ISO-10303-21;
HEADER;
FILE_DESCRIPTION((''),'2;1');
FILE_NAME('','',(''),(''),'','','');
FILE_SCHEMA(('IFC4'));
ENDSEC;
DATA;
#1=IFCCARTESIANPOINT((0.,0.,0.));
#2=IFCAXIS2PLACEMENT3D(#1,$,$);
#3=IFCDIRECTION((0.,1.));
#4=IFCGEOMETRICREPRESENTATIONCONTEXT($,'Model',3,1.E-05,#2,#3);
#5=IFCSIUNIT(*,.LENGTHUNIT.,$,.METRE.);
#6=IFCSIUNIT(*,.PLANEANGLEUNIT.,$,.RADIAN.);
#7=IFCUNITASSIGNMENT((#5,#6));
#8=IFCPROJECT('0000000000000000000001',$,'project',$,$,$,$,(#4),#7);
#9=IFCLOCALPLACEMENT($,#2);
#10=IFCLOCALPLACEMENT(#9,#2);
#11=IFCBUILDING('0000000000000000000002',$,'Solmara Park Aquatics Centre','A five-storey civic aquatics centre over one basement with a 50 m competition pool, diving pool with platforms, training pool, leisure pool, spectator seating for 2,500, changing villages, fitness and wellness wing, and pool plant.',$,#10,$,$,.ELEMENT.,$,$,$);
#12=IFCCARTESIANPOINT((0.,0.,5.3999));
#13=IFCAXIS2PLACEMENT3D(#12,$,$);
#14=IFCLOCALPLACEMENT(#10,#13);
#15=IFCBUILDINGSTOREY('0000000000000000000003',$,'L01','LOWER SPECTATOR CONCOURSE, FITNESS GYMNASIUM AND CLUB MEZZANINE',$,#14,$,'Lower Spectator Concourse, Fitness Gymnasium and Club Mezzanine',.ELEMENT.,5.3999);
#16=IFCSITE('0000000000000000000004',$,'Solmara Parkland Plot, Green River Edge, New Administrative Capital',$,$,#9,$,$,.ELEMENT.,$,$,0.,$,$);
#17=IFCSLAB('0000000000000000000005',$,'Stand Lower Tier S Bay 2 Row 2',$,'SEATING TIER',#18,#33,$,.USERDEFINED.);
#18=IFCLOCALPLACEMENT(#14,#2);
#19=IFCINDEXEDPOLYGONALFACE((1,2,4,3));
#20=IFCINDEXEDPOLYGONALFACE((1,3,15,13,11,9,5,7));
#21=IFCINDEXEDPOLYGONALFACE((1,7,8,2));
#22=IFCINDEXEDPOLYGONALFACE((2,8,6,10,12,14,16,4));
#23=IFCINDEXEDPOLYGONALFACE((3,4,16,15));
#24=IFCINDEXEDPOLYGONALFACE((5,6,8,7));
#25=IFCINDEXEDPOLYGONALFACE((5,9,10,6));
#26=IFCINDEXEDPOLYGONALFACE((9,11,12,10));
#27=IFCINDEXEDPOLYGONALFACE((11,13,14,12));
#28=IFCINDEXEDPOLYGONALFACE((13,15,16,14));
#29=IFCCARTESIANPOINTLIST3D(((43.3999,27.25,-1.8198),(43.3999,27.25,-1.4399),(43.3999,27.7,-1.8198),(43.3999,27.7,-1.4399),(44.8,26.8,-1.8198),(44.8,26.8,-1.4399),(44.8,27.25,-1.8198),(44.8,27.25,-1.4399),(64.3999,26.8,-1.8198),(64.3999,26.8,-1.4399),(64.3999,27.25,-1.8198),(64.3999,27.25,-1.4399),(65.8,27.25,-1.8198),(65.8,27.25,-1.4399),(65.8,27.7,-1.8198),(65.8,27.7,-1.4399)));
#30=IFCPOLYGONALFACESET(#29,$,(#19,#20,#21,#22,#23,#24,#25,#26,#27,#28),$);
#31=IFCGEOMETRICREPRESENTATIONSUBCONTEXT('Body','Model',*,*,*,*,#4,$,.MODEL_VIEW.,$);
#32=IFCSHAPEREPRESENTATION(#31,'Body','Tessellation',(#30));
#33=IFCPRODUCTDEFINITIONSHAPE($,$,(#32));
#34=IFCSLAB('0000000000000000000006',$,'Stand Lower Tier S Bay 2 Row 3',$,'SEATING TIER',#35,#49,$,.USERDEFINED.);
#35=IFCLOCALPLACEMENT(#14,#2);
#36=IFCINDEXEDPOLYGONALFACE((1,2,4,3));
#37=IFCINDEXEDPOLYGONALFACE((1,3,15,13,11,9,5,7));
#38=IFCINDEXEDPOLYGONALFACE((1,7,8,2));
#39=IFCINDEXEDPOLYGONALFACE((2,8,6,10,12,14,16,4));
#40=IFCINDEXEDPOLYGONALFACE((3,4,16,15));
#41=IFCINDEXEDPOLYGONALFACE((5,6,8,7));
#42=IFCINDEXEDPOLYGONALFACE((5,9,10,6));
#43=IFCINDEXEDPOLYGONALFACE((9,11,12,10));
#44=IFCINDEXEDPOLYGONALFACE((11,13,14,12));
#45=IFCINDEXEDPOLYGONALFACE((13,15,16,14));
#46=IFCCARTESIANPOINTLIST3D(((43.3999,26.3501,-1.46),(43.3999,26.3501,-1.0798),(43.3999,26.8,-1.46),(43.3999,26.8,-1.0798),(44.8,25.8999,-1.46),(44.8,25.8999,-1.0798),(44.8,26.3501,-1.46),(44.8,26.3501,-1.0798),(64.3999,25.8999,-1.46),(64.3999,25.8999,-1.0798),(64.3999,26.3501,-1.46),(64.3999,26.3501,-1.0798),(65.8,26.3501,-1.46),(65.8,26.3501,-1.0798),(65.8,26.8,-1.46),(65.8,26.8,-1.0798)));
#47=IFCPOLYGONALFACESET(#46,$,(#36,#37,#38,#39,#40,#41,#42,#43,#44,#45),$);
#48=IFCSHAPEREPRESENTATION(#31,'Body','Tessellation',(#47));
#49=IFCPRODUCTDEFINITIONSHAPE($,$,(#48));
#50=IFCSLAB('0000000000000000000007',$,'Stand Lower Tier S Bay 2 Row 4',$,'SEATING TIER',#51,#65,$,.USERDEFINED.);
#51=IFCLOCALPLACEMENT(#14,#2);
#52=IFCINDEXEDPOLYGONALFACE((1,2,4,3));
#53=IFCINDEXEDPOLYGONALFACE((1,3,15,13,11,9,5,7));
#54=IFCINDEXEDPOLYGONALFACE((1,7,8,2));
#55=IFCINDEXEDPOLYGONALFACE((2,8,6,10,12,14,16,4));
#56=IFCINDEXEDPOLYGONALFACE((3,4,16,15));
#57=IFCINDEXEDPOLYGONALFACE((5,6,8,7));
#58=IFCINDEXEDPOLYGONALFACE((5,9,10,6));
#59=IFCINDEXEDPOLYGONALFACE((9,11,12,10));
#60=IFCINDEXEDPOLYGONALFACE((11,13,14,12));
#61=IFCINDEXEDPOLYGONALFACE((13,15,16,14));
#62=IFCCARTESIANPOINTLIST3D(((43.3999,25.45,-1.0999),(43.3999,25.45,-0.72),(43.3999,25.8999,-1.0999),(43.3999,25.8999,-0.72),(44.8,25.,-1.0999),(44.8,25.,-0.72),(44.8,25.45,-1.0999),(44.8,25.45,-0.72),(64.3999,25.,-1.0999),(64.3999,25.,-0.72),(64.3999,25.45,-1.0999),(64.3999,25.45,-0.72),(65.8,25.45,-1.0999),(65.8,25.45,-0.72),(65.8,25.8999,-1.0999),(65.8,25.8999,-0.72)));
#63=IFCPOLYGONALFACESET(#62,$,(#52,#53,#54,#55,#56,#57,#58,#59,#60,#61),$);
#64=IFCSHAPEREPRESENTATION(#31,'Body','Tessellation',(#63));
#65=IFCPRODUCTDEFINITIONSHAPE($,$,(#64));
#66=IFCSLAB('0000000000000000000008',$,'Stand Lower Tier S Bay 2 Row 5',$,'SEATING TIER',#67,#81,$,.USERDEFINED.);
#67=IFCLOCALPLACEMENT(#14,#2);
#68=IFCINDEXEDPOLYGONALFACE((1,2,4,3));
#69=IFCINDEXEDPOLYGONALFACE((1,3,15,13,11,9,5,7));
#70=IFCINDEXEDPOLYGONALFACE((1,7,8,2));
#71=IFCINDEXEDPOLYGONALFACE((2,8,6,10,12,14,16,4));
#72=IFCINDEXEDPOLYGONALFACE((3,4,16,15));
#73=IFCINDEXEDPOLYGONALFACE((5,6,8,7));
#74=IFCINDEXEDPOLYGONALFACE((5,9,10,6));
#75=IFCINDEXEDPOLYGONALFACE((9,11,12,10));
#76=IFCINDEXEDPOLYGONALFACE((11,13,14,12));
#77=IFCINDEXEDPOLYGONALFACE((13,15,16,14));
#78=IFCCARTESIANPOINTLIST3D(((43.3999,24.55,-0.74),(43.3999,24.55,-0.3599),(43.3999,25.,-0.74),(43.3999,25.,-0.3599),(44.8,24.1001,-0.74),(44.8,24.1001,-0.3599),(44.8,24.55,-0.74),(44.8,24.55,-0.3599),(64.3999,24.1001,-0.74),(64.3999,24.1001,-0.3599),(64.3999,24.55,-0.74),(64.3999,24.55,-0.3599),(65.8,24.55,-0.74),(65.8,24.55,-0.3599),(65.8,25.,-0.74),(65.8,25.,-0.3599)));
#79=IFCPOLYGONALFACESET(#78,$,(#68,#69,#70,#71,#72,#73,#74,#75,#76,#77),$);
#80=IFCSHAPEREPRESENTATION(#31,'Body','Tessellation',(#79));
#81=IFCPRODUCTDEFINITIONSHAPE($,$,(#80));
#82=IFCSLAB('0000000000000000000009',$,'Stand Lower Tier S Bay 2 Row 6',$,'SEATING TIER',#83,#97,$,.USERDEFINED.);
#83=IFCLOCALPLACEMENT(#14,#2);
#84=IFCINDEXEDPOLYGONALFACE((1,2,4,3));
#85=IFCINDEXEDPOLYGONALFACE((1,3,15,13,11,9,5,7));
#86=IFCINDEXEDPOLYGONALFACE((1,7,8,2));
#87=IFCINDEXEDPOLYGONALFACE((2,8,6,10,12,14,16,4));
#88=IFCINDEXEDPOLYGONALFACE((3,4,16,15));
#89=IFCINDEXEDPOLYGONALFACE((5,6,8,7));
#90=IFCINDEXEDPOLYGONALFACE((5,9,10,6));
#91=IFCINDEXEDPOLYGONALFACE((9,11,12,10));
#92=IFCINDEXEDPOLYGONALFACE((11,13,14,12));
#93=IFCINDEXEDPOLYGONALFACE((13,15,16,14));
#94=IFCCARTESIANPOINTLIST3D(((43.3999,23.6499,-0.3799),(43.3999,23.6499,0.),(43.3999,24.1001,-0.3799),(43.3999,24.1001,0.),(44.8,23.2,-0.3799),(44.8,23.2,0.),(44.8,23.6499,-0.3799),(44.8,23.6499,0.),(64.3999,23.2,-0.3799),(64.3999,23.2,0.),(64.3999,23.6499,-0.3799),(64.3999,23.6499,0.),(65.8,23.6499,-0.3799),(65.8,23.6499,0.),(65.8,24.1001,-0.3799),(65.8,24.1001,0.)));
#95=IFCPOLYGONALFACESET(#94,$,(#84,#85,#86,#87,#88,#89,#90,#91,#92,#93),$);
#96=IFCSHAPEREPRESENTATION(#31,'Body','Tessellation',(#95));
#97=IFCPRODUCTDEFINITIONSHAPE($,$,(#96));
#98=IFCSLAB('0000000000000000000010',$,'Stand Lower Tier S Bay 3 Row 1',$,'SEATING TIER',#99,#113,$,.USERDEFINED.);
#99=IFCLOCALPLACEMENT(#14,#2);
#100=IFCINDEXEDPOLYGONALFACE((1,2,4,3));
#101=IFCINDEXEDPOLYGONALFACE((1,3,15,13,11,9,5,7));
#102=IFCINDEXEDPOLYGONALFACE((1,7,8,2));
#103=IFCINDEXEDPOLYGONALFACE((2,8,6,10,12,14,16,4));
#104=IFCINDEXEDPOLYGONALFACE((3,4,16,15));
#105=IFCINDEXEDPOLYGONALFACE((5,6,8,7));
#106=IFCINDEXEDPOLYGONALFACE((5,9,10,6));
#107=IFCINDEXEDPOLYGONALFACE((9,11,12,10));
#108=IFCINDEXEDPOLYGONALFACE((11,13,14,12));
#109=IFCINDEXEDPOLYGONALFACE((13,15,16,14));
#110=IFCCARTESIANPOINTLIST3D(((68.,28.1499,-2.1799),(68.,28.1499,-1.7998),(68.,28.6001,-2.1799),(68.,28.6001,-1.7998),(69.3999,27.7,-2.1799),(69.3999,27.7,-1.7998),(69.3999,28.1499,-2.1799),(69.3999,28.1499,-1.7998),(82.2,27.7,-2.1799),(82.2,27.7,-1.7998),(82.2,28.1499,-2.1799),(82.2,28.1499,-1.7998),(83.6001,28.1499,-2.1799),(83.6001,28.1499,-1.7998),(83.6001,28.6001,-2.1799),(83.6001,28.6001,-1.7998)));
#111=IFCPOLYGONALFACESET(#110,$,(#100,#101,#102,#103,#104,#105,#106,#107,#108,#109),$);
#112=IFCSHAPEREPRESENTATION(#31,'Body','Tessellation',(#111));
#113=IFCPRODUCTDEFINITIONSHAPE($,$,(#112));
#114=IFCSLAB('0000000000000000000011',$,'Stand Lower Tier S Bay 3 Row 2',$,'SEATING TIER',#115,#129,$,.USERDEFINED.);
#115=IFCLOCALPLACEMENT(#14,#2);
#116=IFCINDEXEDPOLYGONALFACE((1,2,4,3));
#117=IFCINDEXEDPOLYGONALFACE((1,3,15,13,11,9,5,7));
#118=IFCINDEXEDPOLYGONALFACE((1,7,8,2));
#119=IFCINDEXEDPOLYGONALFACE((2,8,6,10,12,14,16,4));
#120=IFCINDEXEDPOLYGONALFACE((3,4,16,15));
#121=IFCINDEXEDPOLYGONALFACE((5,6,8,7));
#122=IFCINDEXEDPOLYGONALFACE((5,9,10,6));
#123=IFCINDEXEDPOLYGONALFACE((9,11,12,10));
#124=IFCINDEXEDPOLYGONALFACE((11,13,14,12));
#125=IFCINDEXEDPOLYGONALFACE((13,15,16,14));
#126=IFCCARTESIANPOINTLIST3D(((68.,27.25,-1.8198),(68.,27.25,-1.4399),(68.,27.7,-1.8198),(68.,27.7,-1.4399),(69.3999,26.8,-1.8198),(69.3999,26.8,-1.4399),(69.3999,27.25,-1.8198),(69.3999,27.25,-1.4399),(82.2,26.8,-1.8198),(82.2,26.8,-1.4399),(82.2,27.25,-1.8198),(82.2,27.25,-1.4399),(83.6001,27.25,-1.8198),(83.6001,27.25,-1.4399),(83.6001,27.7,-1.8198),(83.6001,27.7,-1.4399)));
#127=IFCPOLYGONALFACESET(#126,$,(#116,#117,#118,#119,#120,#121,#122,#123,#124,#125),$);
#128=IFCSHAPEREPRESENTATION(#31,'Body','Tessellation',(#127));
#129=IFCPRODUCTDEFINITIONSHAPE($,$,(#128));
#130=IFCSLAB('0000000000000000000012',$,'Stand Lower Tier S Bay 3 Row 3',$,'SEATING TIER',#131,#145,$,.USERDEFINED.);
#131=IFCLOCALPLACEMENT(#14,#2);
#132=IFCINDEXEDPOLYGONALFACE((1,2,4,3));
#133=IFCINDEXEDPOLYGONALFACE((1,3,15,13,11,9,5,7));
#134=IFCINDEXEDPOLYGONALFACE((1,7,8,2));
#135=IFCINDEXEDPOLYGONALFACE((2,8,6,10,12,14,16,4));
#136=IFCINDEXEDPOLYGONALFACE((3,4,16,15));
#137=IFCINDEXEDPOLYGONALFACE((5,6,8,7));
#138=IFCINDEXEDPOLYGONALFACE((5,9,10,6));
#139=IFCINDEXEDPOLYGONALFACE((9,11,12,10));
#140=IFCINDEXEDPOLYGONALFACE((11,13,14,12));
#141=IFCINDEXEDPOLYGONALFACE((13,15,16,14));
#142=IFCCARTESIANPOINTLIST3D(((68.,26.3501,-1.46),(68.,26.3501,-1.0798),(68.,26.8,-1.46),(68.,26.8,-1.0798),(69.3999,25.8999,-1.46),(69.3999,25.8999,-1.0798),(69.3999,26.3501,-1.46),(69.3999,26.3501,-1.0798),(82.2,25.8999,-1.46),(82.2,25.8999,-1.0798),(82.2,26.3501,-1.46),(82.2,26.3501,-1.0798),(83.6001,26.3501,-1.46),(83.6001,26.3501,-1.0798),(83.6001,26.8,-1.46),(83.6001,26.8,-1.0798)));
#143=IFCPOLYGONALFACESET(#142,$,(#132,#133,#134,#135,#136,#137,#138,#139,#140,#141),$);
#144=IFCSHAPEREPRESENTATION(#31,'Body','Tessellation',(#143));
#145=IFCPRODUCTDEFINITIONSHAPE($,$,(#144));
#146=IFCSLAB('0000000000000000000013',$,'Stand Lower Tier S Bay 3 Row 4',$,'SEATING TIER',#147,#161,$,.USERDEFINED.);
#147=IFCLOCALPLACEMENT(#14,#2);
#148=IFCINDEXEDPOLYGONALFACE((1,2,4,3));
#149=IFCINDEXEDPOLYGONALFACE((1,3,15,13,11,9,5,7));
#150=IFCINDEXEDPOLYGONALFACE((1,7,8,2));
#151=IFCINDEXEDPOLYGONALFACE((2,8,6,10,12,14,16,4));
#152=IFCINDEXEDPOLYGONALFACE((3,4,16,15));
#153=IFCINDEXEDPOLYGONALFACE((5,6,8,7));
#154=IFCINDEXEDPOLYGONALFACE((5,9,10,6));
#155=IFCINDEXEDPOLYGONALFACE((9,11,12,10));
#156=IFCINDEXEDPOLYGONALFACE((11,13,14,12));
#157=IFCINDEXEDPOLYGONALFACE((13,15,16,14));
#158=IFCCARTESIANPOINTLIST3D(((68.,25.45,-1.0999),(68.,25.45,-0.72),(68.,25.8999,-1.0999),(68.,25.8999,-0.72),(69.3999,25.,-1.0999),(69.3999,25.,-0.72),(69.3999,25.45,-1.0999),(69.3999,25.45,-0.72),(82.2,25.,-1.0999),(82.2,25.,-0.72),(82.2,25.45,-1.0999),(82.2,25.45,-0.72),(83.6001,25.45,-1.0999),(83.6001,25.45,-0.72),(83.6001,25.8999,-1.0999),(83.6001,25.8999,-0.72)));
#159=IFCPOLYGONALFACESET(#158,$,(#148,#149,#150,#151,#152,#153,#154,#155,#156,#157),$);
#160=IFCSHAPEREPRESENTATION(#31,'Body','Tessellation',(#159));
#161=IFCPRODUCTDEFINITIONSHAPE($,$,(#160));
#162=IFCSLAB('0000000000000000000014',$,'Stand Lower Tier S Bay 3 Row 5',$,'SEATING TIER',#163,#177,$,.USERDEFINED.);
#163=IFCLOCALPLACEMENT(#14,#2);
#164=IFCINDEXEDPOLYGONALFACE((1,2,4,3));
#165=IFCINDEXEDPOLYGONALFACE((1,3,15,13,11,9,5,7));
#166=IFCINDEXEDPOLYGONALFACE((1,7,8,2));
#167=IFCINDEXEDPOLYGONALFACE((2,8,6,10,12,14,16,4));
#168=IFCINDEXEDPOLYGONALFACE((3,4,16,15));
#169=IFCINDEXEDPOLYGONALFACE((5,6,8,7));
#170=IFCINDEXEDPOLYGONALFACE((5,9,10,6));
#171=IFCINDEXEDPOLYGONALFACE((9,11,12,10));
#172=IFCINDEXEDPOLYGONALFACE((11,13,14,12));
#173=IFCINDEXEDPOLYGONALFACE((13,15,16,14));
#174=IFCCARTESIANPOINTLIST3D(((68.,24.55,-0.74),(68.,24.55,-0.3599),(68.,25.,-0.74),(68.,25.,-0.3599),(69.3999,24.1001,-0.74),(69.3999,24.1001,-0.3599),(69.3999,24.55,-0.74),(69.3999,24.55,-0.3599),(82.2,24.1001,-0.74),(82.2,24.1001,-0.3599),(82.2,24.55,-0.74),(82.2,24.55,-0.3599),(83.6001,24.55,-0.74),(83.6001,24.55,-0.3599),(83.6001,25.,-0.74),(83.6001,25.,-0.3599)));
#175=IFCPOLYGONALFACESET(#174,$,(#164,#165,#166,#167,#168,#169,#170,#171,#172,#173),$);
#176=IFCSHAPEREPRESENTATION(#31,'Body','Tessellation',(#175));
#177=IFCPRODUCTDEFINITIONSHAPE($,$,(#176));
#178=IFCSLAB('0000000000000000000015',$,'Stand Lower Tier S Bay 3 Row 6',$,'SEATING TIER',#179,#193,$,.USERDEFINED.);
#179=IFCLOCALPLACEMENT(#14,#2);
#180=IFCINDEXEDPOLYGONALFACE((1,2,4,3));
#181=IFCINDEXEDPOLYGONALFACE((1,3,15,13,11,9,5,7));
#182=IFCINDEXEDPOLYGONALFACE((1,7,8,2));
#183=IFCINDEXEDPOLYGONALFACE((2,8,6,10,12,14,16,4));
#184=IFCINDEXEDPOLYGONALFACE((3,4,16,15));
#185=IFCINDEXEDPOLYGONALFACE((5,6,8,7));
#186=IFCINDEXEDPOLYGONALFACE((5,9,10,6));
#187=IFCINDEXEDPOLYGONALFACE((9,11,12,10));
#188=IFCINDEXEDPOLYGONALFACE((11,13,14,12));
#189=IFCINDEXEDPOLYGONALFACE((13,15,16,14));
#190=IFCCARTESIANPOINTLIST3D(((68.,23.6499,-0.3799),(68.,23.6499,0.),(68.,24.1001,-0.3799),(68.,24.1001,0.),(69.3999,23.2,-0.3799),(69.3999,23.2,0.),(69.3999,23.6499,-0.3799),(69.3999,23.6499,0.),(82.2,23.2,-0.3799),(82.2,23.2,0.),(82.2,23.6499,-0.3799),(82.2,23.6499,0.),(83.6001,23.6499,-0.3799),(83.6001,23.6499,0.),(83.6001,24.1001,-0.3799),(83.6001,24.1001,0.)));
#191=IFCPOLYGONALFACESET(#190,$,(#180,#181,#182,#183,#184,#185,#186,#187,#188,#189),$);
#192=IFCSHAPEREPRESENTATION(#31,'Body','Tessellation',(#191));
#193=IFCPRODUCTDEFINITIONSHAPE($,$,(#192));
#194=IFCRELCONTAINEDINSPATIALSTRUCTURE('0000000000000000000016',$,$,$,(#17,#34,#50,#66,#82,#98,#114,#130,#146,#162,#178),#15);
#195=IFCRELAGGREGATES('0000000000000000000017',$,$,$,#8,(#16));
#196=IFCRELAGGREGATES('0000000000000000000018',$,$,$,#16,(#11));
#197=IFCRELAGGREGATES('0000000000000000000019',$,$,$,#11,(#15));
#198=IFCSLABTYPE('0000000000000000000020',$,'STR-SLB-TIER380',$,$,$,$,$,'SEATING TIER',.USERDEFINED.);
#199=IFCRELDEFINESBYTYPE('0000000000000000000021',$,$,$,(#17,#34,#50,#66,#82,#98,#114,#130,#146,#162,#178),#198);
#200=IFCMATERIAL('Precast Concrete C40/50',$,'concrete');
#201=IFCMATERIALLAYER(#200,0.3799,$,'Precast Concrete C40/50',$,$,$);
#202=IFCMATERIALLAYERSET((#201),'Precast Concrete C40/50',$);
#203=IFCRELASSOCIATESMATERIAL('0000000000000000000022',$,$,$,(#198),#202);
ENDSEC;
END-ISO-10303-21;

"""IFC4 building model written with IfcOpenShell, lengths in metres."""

from ifc_helpers import new_model, si_unit, direction, frame, origin, place, context, subcontext, project, spatial, polyline, outline, extrude, material, layer, layer_set, type_object, element, save


model = new_model("IFC4")

# Units and contexts
model_context = context("Model", 3, precision=1e-05, world=origin(), true_north=direction((0.0, 1.0)))
body_context = subcontext(model_context, "Body", "Model", "MODEL_VIEW")
ifc_project = project(units=[si_unit("LENGTHUNIT", "METRE"), si_unit("PLANEANGLEUNIT", "RADIAN")], contexts=[model_context])

# Site, building, storey
site_placement = place(None, origin())
site = spatial("IfcSite", under=ifc_project, at=site_placement, Name="Solmara Parkland Plot, Green River Edge, New Administrative Capital", CompositionType="ELEMENT", RefElevation=0.0)
building_placement = place(site_placement, origin())
building = spatial("IfcBuilding", under=site, at=building_placement, Name="Solmara Park Aquatics Centre", Description="A five-storey civic aquatics centre over one basement with a 50 m competition pool, diving pool with platforms, training pool, leisure pool, spectator seating for 2,500, changing villages, fitness and wellness wing, and pool plant.", CompositionType="ELEMENT")
storey_placement = place(building_placement, frame((0.0, 0.0, 5.3999)))
storey = spatial("IfcBuildingStorey", under=building, at=storey_placement, Name="L01", Description="LOWER SPECTATOR CONCOURSE, FITNESS GYMNASIUM AND CLUB MEZZANINE", LongName="Lower Spectator Concourse, Fitness Gymnasium and Club Mezzanine", CompositionType="ELEMENT", Elevation=5.3999)

# Slabs
ifc_material_1 = material(Name="Precast Concrete C40/50", Category="concrete")
ifc_layer_1 = layer(ifc_material_1, 0.3799, Name="Precast Concrete C40/50")
ifc_layer_set_1 = layer_set([ifc_layer_1], Name="Precast Concrete C40/50")
slab_type_1 = type_object("IfcSlabType", Name="STR-SLB-TIER380", ElementType="SEATING TIER", PredefinedType="USERDEFINED", material=ifc_layer_set_1)
slab_1_placement = place(storey_placement, frame((0.0, 0.0, -1.8198)))
element("IfcSlab", 1, at=slab_1_placement, inside=storey, type_object=slab_type_1, Name="Stand Lower Tier S Bay 2 Row 2", ObjectType="SEATING TIER", PredefinedType="USERDEFINED", context=body_context, shape_type="SweptSolid", body=[
    extrude(outline(polyline([(44.8, 26.8), (64.3999, 26.8), (64.3999, 27.25), (65.8, 27.25), (65.8, 27.7), (43.3999, 27.7), (43.3999, 27.25), (44.8, 27.25), (44.8, 26.8)])), origin(), (0.0, 0.0, 1.0), 0.3799),
])
slab_2_placement = place(storey_placement, frame((0.0, 0.0, -1.46)))
element("IfcSlab", 2, at=slab_2_placement, inside=storey, type_object=slab_type_1, Name="Stand Lower Tier S Bay 2 Row 3", ObjectType="SEATING TIER", PredefinedType="USERDEFINED", context=body_context, shape_type="SweptSolid", body=[
    extrude(outline(polyline([(44.8, 25.8999), (64.3999, 25.8999), (64.3999, 26.3501), (65.8, 26.3501), (65.8, 26.8), (43.3999, 26.8), (43.3999, 26.3501), (44.8, 26.3501), (44.8, 25.8999)])), origin(), (0.0, 0.0, 1.0), 0.3801),
])
slab_3_placement = place(storey_placement, frame((0.0, 0.0, -1.0999)))
element("IfcSlab", 3, at=slab_3_placement, inside=storey, type_object=slab_type_1, Name="Stand Lower Tier S Bay 2 Row 4", ObjectType="SEATING TIER", PredefinedType="USERDEFINED", context=body_context, shape_type="SweptSolid", body=[
    extrude(outline(polyline([(44.8, 25.0), (64.3999, 25.0), (64.3999, 25.45), (65.8, 25.45), (65.8, 25.8999), (43.3999, 25.8999), (43.3999, 25.45), (44.8, 25.45), (44.8, 25.0)])), origin(), (0.0, 0.0, 1.0), 0.3799),
])
slab_4_placement = place(storey_placement, frame((0.0, 0.0, -0.74)))
element("IfcSlab", 4, at=slab_4_placement, inside=storey, type_object=slab_type_1, Name="Stand Lower Tier S Bay 2 Row 5", ObjectType="SEATING TIER", PredefinedType="USERDEFINED", context=body_context, shape_type="SweptSolid", body=[
    extrude(outline(polyline([(44.8, 24.1001), (64.3999, 24.1001), (64.3999, 24.55), (65.8, 24.55), (65.8, 25.0), (43.3999, 25.0), (43.3999, 24.55), (44.8, 24.55), (44.8, 24.1001)])), origin(), (0.0, 0.0, 1.0), 0.3801),
])
slab_5_placement = place(storey_placement, frame((0.0, 0.0, -0.3799)))
element("IfcSlab", 5, at=slab_5_placement, inside=storey, type_object=slab_type_1, Name="Stand Lower Tier S Bay 2 Row 6", ObjectType="SEATING TIER", PredefinedType="USERDEFINED", context=body_context, shape_type="SweptSolid", body=[
    extrude(outline(polyline([(44.8, 23.2), (64.3999, 23.2), (64.3999, 23.6499), (65.8, 23.6499), (65.8, 24.1001), (43.3999, 24.1001), (43.3999, 23.6499), (44.8, 23.6499), (44.8, 23.2)])), origin(), (0.0, 0.0, 1.0), 0.3799),
])
slab_6_placement = place(storey_placement, frame((0.0, 0.0, -2.1799)))
element("IfcSlab", 6, at=slab_6_placement, inside=storey, type_object=slab_type_1, Name="Stand Lower Tier S Bay 3 Row 1", ObjectType="SEATING TIER", PredefinedType="USERDEFINED", context=body_context, shape_type="SweptSolid", body=[
    extrude(outline(polyline([(69.3999, 27.7), (82.2, 27.7), (82.2, 28.1499), (83.6001, 28.1499), (83.6001, 28.6001), (68.0, 28.6001), (68.0, 28.1499), (69.3999, 28.1499), (69.3999, 27.7)])), origin(), (0.0, 0.0, 1.0), 0.3801),
])
slab_7_placement = place(storey_placement, frame((0.0, 0.0, -1.8198)))
element("IfcSlab", 7, at=slab_7_placement, inside=storey, type_object=slab_type_1, Name="Stand Lower Tier S Bay 3 Row 2", ObjectType="SEATING TIER", PredefinedType="USERDEFINED", context=body_context, shape_type="SweptSolid", body=[
    extrude(outline(polyline([(69.3999, 26.8), (82.2, 26.8), (82.2, 27.25), (83.6001, 27.25), (83.6001, 27.7), (68.0, 27.7), (68.0, 27.25), (69.3999, 27.25), (69.3999, 26.8)])), origin(), (0.0, 0.0, 1.0), 0.3799),
])
slab_8_placement = place(storey_placement, frame((0.0, 0.0, -1.46)))
element("IfcSlab", 8, at=slab_8_placement, inside=storey, type_object=slab_type_1, Name="Stand Lower Tier S Bay 3 Row 3", ObjectType="SEATING TIER", PredefinedType="USERDEFINED", context=body_context, shape_type="SweptSolid", body=[
    extrude(outline(polyline([(69.3999, 25.8999), (82.2, 25.8999), (82.2, 26.3501), (83.6001, 26.3501), (83.6001, 26.8), (68.0, 26.8), (68.0, 26.3501), (69.3999, 26.3501), (69.3999, 25.8999)])), origin(), (0.0, 0.0, 1.0), 0.3801),
])
slab_9_placement = place(storey_placement, frame((0.0, 0.0, -1.0999)))
element("IfcSlab", 9, at=slab_9_placement, inside=storey, type_object=slab_type_1, Name="Stand Lower Tier S Bay 3 Row 4", ObjectType="SEATING TIER", PredefinedType="USERDEFINED", context=body_context, shape_type="SweptSolid", body=[
    extrude(outline(polyline([(69.3999, 25.0), (82.2, 25.0), (82.2, 25.45), (83.6001, 25.45), (83.6001, 25.8999), (68.0, 25.8999), (68.0, 25.45), (69.3999, 25.45), (69.3999, 25.0)])), origin(), (0.0, 0.0, 1.0), 0.3799),
])
slab_10_placement = place(storey_placement, frame((0.0, 0.0, -0.74)))
element("IfcSlab", 10, at=slab_10_placement, inside=storey, type_object=slab_type_1, Name="Stand Lower Tier S Bay 3 Row 5", ObjectType="SEATING TIER", PredefinedType="USERDEFINED", context=body_context, shape_type="SweptSolid", body=[
    extrude(outline(polyline([(69.3999, 24.1001), (82.2, 24.1001), (82.2, 24.55), (83.6001, 24.55), (83.6001, 25.0), (68.0, 25.0), (68.0, 24.55), (69.3999, 24.55), (69.3999, 24.1001)])), origin(), (0.0, 0.0, 1.0), 0.3801),
])
slab_11_placement = place(storey_placement, frame((0.0, 0.0, -0.3799)))
element("IfcSlab", 11, at=slab_11_placement, inside=storey, type_object=slab_type_1, Name="Stand Lower Tier S Bay 3 Row 6", ObjectType="SEATING TIER", PredefinedType="USERDEFINED", context=body_context, shape_type="SweptSolid", body=[
    extrude(outline(polyline([(69.3999, 23.2), (82.2, 23.2), (82.2, 23.6499), (83.6001, 23.6499), (83.6001, 24.1001), (68.0, 24.1001), (68.0, 23.6499), (69.3999, 23.6499), (69.3999, 23.2)])), origin(), (0.0, 0.0, 1.0), 0.3799),
])

save(model, "model.ifc")
